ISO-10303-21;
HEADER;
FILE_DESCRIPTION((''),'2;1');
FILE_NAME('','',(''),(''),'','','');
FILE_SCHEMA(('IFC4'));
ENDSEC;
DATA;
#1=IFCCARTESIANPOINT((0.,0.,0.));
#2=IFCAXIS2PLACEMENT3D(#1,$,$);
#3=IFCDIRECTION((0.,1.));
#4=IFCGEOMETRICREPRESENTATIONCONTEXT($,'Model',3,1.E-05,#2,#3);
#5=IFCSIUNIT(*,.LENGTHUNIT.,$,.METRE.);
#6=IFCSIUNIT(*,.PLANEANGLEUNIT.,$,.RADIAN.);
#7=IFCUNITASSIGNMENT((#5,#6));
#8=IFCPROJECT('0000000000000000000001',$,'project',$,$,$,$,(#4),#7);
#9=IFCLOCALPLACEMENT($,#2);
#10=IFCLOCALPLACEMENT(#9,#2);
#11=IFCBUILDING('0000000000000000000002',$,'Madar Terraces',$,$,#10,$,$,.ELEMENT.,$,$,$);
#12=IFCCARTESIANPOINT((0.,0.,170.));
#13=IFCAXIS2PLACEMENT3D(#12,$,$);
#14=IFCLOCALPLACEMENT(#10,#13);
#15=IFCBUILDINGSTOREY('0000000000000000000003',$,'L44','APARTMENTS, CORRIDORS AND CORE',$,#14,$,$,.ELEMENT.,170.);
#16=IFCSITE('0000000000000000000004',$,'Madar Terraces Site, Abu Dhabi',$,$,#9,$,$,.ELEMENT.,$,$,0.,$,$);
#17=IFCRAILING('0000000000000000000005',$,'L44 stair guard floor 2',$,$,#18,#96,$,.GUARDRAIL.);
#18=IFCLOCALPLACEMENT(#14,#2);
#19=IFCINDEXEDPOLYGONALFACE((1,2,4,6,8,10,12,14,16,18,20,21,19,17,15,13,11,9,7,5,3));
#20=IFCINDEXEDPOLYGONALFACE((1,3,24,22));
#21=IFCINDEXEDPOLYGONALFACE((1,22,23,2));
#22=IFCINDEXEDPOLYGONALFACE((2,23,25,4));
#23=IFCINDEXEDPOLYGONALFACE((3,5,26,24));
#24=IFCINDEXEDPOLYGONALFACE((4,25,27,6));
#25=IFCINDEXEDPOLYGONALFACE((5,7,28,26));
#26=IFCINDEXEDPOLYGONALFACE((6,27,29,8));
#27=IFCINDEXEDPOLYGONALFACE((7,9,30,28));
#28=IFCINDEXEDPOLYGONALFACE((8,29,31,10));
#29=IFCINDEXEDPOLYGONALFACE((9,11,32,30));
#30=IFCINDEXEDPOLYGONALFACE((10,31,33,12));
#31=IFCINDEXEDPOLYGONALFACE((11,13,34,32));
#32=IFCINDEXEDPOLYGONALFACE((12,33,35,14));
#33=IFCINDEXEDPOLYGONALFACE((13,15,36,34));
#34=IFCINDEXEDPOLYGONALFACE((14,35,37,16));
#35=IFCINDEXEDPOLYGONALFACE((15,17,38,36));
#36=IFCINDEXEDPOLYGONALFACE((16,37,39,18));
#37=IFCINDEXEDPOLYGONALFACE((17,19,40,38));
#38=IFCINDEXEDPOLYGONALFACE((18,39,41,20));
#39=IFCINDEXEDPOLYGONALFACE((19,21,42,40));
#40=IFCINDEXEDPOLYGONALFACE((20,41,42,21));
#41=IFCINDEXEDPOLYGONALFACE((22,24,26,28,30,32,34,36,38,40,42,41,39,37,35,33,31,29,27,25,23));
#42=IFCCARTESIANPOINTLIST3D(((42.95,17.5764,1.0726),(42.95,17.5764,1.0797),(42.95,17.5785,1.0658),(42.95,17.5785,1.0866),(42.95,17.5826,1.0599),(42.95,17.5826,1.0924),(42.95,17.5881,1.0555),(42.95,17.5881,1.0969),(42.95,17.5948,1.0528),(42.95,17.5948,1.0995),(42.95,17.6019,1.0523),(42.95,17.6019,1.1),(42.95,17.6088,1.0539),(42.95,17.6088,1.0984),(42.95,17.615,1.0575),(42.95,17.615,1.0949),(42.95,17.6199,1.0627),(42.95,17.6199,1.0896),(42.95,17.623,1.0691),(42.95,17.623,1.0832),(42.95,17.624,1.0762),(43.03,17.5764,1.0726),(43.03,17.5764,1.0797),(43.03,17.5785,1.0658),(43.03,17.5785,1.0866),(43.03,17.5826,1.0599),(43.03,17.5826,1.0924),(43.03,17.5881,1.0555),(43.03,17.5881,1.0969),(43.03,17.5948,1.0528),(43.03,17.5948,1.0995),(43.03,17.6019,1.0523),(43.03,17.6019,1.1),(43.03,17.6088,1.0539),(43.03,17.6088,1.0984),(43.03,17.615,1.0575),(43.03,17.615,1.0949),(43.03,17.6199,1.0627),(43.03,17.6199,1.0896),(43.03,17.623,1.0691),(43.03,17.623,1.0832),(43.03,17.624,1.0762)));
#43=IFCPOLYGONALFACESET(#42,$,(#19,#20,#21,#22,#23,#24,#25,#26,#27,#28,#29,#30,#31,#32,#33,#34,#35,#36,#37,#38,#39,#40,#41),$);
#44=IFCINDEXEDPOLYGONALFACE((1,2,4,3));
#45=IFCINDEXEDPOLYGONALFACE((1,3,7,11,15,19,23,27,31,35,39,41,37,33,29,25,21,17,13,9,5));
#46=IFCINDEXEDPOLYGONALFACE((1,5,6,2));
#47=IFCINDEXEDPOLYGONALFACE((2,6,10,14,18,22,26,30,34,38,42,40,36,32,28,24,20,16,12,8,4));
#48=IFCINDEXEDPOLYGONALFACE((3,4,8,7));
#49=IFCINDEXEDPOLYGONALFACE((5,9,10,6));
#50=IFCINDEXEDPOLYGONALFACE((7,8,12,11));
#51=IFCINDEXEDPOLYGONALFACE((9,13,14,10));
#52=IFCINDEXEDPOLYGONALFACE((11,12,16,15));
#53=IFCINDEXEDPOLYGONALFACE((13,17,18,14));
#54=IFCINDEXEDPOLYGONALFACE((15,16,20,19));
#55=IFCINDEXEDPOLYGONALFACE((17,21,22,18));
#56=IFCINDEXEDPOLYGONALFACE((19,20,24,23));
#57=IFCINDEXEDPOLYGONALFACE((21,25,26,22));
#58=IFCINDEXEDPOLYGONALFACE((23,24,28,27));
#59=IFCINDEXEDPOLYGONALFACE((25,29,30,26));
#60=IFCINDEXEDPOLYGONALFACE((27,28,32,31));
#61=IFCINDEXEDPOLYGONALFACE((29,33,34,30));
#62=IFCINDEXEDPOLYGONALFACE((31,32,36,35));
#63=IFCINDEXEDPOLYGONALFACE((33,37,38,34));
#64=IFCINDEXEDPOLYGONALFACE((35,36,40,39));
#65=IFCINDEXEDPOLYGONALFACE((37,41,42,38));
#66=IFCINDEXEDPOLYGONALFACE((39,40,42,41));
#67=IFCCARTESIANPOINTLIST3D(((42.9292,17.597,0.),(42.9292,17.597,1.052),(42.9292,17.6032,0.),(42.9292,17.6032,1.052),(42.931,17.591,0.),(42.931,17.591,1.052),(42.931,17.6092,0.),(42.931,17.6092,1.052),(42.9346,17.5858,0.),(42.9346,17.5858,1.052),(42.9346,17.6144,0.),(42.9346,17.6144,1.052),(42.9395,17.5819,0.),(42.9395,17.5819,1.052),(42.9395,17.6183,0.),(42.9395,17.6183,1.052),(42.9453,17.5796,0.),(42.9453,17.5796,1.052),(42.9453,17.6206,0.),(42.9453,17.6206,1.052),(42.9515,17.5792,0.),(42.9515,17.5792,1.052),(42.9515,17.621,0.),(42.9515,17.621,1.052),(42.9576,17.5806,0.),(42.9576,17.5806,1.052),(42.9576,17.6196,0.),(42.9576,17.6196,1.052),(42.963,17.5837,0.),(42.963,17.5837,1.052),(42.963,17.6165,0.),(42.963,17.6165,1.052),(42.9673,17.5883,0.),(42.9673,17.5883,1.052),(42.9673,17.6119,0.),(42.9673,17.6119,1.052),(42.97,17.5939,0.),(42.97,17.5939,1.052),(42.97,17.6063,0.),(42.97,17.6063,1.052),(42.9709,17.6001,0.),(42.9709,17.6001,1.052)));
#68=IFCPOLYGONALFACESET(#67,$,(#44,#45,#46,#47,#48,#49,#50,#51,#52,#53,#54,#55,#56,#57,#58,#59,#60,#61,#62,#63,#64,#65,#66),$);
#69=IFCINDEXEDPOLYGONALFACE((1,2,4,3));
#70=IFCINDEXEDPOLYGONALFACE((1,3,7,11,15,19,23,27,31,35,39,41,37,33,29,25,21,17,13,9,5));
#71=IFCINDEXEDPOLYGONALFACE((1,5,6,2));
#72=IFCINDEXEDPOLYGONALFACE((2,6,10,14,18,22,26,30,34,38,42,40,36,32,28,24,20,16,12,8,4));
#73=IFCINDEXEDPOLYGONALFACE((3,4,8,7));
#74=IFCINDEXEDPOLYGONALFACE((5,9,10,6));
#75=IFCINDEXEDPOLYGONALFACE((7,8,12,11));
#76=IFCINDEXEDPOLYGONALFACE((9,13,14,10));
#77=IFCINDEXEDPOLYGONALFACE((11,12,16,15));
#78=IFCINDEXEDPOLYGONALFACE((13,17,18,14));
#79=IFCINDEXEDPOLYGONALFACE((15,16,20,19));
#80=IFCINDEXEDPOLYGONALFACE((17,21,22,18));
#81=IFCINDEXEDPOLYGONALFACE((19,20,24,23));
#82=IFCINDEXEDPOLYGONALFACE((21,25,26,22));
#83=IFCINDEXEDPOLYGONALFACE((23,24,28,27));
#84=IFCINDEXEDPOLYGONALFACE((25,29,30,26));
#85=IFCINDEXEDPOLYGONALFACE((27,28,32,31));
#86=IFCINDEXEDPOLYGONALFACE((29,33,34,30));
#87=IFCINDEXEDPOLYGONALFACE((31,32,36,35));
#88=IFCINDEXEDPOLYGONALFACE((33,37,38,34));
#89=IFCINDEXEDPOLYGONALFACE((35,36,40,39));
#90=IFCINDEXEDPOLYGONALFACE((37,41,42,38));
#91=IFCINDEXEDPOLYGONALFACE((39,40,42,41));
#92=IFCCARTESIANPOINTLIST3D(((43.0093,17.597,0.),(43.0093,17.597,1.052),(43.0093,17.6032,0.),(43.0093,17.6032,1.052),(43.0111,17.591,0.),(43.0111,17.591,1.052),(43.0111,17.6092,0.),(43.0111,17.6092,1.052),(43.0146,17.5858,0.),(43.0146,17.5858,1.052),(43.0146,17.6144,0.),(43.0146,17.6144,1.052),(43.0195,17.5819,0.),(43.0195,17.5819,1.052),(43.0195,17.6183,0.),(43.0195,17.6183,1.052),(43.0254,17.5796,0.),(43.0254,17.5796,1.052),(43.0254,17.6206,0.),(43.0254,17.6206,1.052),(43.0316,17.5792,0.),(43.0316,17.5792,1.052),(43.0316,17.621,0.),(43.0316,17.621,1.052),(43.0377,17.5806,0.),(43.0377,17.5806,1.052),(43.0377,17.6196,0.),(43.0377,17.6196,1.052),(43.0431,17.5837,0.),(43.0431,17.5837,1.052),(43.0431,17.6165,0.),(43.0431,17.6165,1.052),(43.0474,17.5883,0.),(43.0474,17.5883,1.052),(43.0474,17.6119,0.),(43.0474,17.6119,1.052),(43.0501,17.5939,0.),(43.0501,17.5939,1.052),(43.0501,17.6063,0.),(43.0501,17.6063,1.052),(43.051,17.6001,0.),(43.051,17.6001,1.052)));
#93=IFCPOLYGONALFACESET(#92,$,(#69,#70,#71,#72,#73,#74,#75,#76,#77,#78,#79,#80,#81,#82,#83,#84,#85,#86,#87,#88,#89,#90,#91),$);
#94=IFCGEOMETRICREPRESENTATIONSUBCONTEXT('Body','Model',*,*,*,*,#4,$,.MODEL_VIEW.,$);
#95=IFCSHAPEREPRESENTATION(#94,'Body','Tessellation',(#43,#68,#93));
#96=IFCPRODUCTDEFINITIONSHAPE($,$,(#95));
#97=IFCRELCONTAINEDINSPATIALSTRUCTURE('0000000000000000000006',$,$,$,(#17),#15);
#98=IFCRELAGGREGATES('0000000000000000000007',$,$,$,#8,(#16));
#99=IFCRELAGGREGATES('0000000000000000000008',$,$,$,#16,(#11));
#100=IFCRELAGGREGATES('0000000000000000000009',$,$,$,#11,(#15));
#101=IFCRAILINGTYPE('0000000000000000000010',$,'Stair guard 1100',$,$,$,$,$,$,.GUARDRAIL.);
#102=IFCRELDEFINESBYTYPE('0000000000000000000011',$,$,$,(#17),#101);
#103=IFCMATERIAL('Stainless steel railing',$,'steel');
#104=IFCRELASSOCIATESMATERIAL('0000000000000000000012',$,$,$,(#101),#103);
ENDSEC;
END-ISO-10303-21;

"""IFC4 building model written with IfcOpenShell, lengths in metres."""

from ifc_helpers import new_model, si_unit, direction, frame, origin, origin_2d, place, context, subcontext, project, spatial, circle, extrude, material, type_object, element, save


model = new_model("IFC4")

# Units and contexts
model_context = context("Model", 3, precision=1e-05, world=origin(), true_north=direction((0.0, 1.0)))
body_context = subcontext(model_context, "Body", "Model", "MODEL_VIEW")
ifc_project = project(units=[si_unit("LENGTHUNIT", "METRE"), si_unit("PLANEANGLEUNIT", "RADIAN")], contexts=[model_context])

# Site, building, storey
site_placement = place(None, origin())
site = spatial("IfcSite", under=ifc_project, at=site_placement, Name="Madar Terraces Site, Abu Dhabi", CompositionType="ELEMENT", RefElevation=0.0)
building_placement = place(site_placement, origin())
building = spatial("IfcBuilding", under=site, at=building_placement, Name="Madar Terraces", CompositionType="ELEMENT")
storey_placement = place(building_placement, frame((0.0, 0.0, 170.0)))
storey = spatial("IfcBuildingStorey", under=building, at=storey_placement, Name="L44", Description="APARTMENTS, CORRIDORS AND CORE", CompositionType="ELEMENT", Elevation=170.0)

# Railing
ifc_material_1 = material(Name="Stainless steel railing", Category="steel")
railing_type_1 = type_object("IfcRailingType", Name="Stair guard 1100", PredefinedType="GUARDRAIL", material=ifc_material_1)
railing_1_placement = place(storey_placement, frame((42.95, 17.6001, 0.0)))
element("IfcRailing", 1, at=railing_1_placement, inside=storey, type_object=railing_type_1, Name="L44 stair guard floor 2", PredefinedType="GUARDRAIL", context=body_context, shape_type="SweptSolid", body=[
    extrude(circle(Radius=0.0239, at=origin_2d()), frame((0.0, 0.0, 1.0762), z_axis=(1.0, 0.0, 0.0), x_axis=(0.0, 1.0, 0.0)), (0.0, 0.0, 1.0), 0.0801),
    extrude(circle(Radius=0.021, at=origin_2d()), origin(), (0.0, 0.0, 1.0), 1.052),
    extrude(circle(Radius=0.021, at=origin_2d()), frame((0.0801, 0.0, 0.0)), (0.0, 0.0, 1.0), 1.052),
])

save(model, "model.ifc")
